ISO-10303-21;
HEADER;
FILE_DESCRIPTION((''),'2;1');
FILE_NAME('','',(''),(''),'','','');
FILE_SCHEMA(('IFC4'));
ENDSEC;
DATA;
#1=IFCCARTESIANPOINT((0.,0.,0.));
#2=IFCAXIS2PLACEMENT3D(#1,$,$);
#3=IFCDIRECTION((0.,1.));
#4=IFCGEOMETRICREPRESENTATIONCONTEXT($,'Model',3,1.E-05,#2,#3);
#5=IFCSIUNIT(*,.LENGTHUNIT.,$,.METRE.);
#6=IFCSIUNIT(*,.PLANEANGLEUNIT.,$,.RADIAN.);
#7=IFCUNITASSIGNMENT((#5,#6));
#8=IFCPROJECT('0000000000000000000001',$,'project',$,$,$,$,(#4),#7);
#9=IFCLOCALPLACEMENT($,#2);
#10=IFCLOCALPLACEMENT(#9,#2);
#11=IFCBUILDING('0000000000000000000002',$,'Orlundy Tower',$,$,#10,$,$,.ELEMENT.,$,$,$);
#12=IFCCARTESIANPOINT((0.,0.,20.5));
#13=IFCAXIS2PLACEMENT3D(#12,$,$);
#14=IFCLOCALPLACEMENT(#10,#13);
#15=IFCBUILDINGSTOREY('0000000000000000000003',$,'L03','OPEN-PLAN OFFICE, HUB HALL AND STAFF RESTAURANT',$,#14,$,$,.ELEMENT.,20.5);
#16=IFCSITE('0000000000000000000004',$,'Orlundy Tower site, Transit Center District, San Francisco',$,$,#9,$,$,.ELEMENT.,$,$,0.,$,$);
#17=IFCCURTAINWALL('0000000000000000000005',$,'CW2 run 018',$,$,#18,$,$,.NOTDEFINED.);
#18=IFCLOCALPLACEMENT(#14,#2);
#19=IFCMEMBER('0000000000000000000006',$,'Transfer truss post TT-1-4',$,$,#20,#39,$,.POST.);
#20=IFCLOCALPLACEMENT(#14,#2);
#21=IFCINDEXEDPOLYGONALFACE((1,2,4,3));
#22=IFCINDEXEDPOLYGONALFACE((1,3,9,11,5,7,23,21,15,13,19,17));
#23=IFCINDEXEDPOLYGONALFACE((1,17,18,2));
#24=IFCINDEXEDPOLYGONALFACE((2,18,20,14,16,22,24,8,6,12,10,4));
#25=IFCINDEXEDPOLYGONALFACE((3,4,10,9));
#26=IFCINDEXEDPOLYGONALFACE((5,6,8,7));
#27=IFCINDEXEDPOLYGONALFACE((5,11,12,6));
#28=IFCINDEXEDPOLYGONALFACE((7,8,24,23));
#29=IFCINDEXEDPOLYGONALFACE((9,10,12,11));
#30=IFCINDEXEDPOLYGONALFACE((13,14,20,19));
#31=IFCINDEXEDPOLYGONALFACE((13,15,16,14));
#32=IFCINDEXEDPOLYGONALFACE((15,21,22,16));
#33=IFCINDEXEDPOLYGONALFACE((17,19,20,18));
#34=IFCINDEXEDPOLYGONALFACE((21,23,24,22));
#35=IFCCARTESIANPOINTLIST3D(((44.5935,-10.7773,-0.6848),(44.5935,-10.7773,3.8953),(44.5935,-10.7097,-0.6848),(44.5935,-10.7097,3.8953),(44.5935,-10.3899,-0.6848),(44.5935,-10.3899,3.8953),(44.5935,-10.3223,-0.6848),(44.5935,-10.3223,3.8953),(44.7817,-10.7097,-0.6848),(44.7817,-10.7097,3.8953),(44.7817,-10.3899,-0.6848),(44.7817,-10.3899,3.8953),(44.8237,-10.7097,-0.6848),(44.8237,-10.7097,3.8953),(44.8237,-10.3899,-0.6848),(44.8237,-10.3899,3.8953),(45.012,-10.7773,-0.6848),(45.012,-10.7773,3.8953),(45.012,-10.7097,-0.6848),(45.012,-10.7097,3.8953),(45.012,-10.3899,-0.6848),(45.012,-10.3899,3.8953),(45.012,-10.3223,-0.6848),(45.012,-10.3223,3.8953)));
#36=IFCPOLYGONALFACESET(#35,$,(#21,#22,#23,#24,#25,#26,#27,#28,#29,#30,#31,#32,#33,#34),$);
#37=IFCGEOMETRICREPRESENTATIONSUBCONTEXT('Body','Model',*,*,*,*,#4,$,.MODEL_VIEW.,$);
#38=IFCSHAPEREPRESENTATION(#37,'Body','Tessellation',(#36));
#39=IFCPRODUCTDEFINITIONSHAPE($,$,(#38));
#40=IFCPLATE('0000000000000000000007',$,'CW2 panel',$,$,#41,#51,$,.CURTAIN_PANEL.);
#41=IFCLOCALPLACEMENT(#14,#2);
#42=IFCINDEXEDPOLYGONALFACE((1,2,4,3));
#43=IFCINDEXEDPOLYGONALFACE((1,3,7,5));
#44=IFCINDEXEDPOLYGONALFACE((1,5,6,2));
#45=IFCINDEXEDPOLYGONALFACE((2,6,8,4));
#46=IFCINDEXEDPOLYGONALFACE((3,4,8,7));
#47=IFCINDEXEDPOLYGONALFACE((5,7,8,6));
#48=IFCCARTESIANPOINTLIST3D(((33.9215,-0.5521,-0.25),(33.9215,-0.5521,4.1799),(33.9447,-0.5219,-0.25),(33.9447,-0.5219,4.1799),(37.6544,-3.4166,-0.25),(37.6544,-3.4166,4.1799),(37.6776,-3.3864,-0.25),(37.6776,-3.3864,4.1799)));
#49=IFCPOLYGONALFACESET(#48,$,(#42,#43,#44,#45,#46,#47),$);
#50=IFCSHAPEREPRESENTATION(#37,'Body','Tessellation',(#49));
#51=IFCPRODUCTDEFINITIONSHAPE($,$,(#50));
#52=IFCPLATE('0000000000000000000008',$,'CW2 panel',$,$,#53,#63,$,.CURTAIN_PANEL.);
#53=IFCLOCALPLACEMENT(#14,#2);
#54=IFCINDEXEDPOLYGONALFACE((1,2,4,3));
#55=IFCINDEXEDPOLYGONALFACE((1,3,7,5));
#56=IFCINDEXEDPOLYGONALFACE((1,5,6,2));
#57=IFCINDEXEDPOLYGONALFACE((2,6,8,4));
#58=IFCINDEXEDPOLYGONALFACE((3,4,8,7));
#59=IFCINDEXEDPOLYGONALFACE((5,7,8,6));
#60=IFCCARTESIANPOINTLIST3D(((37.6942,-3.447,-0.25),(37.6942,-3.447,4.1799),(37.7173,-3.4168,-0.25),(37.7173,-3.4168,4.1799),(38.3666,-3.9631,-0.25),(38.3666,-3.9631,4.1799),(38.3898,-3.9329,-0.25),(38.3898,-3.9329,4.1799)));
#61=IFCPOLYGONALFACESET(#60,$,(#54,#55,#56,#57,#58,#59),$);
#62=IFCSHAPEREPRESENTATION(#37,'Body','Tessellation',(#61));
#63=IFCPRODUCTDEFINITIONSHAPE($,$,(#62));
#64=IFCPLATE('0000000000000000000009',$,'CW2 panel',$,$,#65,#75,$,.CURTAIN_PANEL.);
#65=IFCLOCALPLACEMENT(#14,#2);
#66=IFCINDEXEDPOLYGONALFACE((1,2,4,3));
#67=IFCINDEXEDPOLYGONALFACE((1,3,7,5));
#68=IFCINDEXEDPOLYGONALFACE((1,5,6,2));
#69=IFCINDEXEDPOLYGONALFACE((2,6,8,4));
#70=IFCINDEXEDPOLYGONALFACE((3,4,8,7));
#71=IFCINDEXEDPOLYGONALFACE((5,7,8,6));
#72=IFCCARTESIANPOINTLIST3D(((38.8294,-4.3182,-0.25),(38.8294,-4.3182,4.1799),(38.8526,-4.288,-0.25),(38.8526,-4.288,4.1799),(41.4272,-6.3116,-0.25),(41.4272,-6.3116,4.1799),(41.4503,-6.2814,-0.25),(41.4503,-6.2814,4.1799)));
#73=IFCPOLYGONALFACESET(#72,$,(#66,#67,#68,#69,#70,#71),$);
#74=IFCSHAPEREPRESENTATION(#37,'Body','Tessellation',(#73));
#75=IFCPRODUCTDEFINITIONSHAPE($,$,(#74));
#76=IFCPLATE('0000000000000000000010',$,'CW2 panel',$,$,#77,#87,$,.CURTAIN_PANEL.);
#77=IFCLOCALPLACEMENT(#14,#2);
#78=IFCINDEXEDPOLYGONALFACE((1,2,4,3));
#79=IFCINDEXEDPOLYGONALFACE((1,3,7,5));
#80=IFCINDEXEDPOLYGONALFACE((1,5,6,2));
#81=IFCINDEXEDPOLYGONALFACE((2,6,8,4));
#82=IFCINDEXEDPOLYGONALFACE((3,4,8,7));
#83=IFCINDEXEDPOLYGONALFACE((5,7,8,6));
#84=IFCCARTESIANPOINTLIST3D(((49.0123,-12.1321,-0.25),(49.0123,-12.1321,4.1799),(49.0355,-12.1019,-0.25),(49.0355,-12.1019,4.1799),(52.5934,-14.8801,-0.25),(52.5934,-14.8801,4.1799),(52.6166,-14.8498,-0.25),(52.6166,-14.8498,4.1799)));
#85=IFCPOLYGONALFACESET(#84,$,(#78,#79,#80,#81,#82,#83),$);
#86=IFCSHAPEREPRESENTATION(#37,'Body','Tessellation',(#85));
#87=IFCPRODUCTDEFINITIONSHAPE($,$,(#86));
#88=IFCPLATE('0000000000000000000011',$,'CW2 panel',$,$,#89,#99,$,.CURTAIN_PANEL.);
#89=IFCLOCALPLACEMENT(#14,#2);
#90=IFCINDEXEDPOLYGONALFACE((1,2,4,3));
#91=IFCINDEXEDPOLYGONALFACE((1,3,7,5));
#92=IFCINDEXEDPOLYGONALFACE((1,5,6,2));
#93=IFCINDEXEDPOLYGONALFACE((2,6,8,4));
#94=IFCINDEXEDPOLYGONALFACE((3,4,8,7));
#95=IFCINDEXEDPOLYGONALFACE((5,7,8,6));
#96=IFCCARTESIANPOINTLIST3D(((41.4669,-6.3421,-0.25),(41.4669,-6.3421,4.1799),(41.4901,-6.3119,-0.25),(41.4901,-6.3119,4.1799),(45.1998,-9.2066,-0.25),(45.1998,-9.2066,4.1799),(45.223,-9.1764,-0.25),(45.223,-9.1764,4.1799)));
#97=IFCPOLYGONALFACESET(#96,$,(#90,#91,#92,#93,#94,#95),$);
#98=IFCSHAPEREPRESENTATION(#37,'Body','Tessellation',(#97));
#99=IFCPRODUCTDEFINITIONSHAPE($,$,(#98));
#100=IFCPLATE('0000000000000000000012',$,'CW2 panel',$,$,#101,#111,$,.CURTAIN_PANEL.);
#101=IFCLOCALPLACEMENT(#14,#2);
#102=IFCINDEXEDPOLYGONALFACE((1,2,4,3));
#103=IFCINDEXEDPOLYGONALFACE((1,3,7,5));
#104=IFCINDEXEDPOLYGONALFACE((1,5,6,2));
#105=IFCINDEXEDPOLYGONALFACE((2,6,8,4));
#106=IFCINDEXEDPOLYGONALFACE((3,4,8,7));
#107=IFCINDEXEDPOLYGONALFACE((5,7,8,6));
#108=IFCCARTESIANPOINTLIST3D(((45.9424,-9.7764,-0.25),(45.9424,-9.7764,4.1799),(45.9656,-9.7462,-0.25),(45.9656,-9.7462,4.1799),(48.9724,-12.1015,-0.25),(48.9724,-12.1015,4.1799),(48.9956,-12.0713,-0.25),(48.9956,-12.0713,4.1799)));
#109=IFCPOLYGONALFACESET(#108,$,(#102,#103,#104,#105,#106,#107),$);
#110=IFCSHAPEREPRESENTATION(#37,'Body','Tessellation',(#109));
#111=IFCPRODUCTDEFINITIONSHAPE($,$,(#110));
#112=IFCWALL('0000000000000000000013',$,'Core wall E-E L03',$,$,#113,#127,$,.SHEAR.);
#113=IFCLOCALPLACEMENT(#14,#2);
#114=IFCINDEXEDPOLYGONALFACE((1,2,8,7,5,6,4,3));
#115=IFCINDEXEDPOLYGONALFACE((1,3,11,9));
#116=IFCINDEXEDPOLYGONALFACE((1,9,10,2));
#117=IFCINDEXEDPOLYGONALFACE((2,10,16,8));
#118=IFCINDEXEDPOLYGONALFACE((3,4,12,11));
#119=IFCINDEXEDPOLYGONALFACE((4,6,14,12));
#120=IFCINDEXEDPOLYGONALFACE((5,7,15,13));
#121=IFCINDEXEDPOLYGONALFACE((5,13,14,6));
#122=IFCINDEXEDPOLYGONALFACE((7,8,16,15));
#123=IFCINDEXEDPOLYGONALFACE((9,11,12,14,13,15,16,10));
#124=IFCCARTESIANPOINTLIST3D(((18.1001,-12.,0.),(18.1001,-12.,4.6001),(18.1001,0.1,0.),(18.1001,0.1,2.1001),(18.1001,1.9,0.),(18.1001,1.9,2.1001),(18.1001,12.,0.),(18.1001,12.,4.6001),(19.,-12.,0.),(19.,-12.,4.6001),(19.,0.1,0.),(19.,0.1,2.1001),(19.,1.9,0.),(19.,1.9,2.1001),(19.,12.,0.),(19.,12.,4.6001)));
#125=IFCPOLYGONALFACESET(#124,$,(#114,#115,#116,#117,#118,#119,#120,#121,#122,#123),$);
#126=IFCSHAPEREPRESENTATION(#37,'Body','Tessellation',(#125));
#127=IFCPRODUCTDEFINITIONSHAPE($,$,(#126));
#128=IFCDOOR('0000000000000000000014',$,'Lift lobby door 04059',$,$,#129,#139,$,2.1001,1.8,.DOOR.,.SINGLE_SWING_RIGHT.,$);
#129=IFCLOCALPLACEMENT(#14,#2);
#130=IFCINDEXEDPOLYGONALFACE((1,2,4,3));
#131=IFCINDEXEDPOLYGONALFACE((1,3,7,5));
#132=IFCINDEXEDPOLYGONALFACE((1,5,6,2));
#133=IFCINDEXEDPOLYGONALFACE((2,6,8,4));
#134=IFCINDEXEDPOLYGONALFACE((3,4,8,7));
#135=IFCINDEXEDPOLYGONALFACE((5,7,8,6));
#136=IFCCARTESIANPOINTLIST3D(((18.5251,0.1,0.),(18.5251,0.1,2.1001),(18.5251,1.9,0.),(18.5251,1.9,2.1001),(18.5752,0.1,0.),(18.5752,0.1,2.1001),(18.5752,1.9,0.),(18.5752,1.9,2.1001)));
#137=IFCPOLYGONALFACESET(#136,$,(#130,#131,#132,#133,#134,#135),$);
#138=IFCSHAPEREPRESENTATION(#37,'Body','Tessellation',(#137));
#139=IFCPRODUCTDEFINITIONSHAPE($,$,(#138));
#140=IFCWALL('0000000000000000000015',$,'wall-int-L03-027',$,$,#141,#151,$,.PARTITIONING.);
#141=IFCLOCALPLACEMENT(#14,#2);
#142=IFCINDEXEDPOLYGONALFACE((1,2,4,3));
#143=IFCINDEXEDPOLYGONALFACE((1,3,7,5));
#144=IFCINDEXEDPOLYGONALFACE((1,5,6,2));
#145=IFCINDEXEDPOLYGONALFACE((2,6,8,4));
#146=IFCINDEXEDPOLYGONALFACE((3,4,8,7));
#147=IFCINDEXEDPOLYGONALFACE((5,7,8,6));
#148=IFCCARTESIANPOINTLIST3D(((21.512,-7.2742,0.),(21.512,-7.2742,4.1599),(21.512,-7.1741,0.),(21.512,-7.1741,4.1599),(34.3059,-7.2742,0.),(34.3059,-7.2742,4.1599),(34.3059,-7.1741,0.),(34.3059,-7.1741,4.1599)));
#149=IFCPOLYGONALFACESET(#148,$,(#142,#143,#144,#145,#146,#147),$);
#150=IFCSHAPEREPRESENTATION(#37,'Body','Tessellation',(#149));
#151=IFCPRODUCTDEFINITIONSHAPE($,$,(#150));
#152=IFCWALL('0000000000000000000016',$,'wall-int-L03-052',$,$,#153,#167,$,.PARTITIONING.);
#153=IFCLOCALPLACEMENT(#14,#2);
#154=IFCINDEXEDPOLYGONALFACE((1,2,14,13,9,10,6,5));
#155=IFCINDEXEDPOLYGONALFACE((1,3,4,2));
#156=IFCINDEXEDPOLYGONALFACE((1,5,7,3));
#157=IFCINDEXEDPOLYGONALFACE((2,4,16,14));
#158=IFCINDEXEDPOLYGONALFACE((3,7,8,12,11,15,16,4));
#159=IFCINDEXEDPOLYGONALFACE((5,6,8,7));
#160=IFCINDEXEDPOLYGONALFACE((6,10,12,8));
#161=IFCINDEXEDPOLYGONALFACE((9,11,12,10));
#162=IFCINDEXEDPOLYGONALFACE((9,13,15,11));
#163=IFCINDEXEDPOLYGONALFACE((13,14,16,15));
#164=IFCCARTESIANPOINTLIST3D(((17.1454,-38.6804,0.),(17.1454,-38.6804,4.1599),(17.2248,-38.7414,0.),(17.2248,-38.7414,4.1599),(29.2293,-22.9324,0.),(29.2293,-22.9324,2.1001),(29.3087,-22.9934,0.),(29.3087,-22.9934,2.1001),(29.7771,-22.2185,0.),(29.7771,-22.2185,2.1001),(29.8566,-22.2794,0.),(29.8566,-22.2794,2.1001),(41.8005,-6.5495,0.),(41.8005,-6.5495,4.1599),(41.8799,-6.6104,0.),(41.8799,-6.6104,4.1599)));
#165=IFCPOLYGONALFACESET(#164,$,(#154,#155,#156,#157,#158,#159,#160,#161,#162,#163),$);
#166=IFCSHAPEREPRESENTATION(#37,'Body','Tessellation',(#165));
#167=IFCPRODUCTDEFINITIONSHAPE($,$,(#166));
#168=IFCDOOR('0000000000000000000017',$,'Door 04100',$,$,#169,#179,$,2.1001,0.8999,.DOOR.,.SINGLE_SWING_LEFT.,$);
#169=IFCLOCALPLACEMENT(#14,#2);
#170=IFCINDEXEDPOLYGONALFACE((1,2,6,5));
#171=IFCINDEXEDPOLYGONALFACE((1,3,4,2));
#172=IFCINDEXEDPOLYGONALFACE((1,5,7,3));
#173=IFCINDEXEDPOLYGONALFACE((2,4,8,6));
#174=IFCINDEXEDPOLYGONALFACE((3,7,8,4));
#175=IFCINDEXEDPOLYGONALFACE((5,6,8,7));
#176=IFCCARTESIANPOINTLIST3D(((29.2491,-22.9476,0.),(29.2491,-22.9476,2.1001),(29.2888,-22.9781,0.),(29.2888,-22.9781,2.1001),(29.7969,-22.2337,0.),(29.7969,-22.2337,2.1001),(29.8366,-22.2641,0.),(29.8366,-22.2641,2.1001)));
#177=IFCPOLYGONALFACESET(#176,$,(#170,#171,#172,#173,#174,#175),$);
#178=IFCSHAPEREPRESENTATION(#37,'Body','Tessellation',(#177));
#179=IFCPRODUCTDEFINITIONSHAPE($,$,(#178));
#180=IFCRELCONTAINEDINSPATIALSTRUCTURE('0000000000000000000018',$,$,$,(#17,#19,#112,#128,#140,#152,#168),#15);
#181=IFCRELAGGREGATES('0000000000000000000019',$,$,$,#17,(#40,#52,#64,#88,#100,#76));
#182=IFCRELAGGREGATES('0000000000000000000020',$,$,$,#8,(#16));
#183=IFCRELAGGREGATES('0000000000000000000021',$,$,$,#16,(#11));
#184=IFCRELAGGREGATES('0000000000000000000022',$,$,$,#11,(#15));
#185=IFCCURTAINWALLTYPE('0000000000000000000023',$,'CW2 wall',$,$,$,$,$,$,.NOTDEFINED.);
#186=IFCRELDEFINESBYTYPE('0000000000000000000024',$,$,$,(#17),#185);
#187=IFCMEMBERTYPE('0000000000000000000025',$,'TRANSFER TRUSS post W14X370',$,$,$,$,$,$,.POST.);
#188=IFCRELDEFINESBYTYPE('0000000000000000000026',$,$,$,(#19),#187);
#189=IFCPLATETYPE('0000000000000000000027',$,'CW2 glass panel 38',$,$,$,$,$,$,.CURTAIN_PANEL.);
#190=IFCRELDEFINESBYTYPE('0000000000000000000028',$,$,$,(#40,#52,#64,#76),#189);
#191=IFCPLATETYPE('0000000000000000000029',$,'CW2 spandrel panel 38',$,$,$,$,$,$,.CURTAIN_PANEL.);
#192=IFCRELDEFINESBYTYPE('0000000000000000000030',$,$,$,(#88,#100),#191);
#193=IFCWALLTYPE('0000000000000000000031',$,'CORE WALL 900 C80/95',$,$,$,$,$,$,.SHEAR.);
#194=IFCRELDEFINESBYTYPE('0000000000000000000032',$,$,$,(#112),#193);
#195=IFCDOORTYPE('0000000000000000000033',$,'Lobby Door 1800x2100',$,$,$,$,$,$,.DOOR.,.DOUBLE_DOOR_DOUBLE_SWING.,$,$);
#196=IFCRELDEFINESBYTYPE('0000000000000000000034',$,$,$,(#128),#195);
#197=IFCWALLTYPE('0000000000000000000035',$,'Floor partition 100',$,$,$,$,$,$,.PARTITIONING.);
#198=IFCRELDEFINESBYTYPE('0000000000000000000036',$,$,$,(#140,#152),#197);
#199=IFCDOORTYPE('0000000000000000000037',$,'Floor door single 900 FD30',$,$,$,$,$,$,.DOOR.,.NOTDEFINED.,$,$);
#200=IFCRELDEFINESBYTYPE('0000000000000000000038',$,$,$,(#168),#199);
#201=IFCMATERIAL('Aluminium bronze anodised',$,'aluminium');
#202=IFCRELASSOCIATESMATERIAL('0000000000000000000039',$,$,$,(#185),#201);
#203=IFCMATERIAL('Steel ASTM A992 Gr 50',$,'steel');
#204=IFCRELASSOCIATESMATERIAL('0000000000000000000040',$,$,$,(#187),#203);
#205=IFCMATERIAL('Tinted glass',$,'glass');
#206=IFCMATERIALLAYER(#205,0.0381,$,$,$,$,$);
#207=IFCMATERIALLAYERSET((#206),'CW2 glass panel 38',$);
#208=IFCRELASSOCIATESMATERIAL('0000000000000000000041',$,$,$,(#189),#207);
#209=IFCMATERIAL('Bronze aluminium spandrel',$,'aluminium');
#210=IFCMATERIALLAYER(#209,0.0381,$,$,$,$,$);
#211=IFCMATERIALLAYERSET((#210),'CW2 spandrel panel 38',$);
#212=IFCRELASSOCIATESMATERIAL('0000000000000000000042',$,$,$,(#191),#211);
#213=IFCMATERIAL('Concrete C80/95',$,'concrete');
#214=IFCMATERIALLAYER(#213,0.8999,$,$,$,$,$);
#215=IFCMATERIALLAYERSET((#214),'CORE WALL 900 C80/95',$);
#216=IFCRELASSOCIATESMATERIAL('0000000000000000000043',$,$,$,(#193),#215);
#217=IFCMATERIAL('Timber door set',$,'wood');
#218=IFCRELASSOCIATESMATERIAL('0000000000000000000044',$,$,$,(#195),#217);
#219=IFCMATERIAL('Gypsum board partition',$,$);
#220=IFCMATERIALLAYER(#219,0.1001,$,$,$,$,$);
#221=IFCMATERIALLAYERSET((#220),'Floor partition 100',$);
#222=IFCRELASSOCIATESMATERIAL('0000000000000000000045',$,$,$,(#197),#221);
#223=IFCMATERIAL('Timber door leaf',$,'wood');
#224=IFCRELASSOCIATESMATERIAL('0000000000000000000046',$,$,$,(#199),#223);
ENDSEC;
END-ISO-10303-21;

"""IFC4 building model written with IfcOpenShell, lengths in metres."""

from ifc_helpers import new_model, si_unit, direction, frame, frame_2d, origin, origin_2d, place, context, subcontext, project, spatial, rectangle, i_section, extrude, material, layer, layer_set, material_profile, profile_set, type_object, element, fill, aggregate, save


model = new_model("IFC4")

# Units and contexts
model_context = context("Model", 3, precision=1e-05, world=origin(), true_north=direction((0.0, 1.0)))
body_context = subcontext(model_context, "Body", "Model", "MODEL_VIEW")
ifc_project = project(units=[si_unit("LENGTHUNIT", "METRE"), si_unit("PLANEANGLEUNIT", "RADIAN")], contexts=[model_context])

# Site, building, storey
site_placement = place(None, origin())
site = spatial("IfcSite", under=ifc_project, at=site_placement, Name="Orlundy Tower site, Transit Center District, San Francisco", CompositionType="ELEMENT", RefElevation=0.0)
building_placement = place(site_placement, origin())
building = spatial("IfcBuilding", under=site, at=building_placement, Name="Orlundy Tower", CompositionType="ELEMENT")
storey_placement = place(building_placement, frame((0.0, 0.0, 20.5)))
storey = spatial("IfcBuildingStorey", under=building, at=storey_placement, Name="L03", Description="OPEN-PLAN OFFICE, HUB HALL AND STAFF RESTAURANT", CompositionType="ELEMENT", Elevation=20.5)

# Curtain wall
ifc_material_1 = material(Name="Aluminium bronze anodised", Category="aluminium")
curtain_wall_type = type_object("IfcCurtainWallType", Name="CW2 wall", PredefinedType="NOTDEFINED", material=ifc_material_1)
curtain_wall_1_placement = place(storey_placement, origin())
curtain_wall_1 = element("IfcCurtainWall", 1, at=curtain_wall_1_placement, inside=storey, type_object=curtain_wall_type, Name="CW2 run 018", PredefinedType="NOTDEFINED")

# Member
ifc_material_2 = material(Name="Steel ASTM A992 Gr 50", Category="steel")
ifc_material_profile_1 = material_profile(ifc_material_2, i_section(OverallWidth=0.4185, OverallDepth=0.4551, WebThickness=0.042, FlangeThickness=0.0676, at=origin_2d()), Name="W14X370")
ifc_profile_set_1 = profile_set([ifc_material_profile_1], Name="Steel ASTM A992 Gr 50")
member_type_1 = type_object("IfcMemberType", Name="TRANSFER TRUSS post W14X370", PredefinedType="POST", material=ifc_profile_set_1)
member_1_placement = place(storey_placement, frame((44.8027, -10.5498, -0.6848), z_axis=(0.0, 0.0, 1.0), x_axis=(1.0, 0.0, 0.0)))
element("IfcMember", 2, at=member_1_placement, inside=storey, type_object=member_type_1, Name="Transfer truss post TT-1-4", PredefinedType="POST", context=body_context, shape_type="SweptSolid", body=[
    extrude(i_section(OverallWidth=0.4185, OverallDepth=0.4551, WebThickness=0.042, FlangeThickness=0.0676, at=origin_2d()), origin(), (0.0, 0.0, 1.0), 4.5801),
])

# Plates
ifc_material_3 = material(Name="Tinted glass", Category="glass")
ifc_layer_1 = layer(ifc_material_3, 0.0381)
ifc_layer_set_1 = layer_set([ifc_layer_1], Name="CW2 glass panel 38")
plate_type_1 = type_object("IfcPlateType", Name="CW2 glass panel 38", PredefinedType="CURTAIN_PANEL", material=ifc_layer_set_1)
plate_1_placement = place(storey_placement, frame((35.7996, -1.9692, -0.25), z_axis=(0.0, 0.0, 1.0), x_axis=(0.79334, -0.608779, 0.0)))
plate_1 = element("IfcPlate", 3, at=plate_1_placement, type_object=plate_type_1, Name="CW2 panel", PredefinedType="CURTAIN_PANEL", context=body_context, shape_type="SweptSolid", body=[
    extrude(rectangle(XDim=4.7053, YDim=0.0381, at=origin_2d()), origin(), (0.0, 0.0, 1.0), 4.4299),
])
plate_2_placement = place(storey_placement, frame((38.042, -3.6899, -0.25), z_axis=(0.0, 0.0, 1.0), x_axis=(0.79334, -0.608779, 0.0)))
plate_2 = element("IfcPlate", 4, at=plate_2_placement, type_object=plate_type_1, Name="CW2 panel", PredefinedType="CURTAIN_PANEL", context=body_context, shape_type="SweptSolid", body=[
    extrude(rectangle(XDim=0.8477, YDim=0.0381, at=origin_2d()), origin(), (0.0, 0.0, 1.0), 4.4299),
])
plate_3_placement = place(storey_placement, frame((40.1399, -5.2998, -0.25), z_axis=(0.0, 0.0, 1.0), x_axis=(0.79334, -0.608779, 0.0)))
plate_3 = element("IfcPlate", 5, at=plate_3_placement, type_object=plate_type_1, Name="CW2 panel", PredefinedType="CURTAIN_PANEL", context=body_context, shape_type="SweptSolid", body=[
    extrude(rectangle(XDim=3.2744, YDim=0.0381, at=origin_2d()), origin(), (0.0, 0.0, 1.0), 4.4299),
])
plate_4_placement = place(storey_placement, frame((50.8145, -13.491, -0.25), z_axis=(0.0, 0.0, 1.0), x_axis=(0.79334, -0.608779, 0.0)))
plate_4 = element("IfcPlate", 6, at=plate_4_placement, type_object=plate_type_1, Name="CW2 panel", PredefinedType="CURTAIN_PANEL", context=body_context, shape_type="SweptSolid", body=[
    extrude(rectangle(XDim=4.5139, YDim=0.0381, at=origin_2d()), origin(), (0.0, 0.0, 1.0), 4.4299),
])
ifc_material_4 = material(Name="Bronze aluminium spandrel", Category="aluminium")
ifc_layer_2 = layer(ifc_material_4, 0.0381)
ifc_layer_set_2 = layer_set([ifc_layer_2], Name="CW2 spandrel panel 38")
plate_type_2 = type_object("IfcPlateType", Name="CW2 spandrel panel 38", PredefinedType="CURTAIN_PANEL", material=ifc_layer_set_2)
plate_5_placement = place(storey_placement, frame((43.345, -7.7593, -0.25), z_axis=(0.0, 0.0, 1.0), x_axis=(0.79334, -0.608779, 0.0)))
plate_5 = element("IfcPlate", 7, at=plate_5_placement, type_object=plate_type_2, Name="CW2 panel", PredefinedType="CURTAIN_PANEL", context=body_context, shape_type="SweptSolid", body=[
    extrude(rectangle(XDim=4.7053, YDim=0.0381, at=origin_2d()), origin(), (0.0, 0.0, 1.0), 4.4299),
])
plate_6_placement = place(storey_placement, frame((47.469, -10.9238, -0.25), z_axis=(0.0, 0.0, 1.0), x_axis=(0.79334, -0.608779, 0.0)))
plate_6 = element("IfcPlate", 8, at=plate_6_placement, type_object=plate_type_2, Name="CW2 panel", PredefinedType="CURTAIN_PANEL", context=body_context, shape_type="SweptSolid", body=[
    extrude(rectangle(XDim=3.8193, YDim=0.0381, at=origin_2d()), origin(), (0.0, 0.0, 1.0), 4.4299),
])
aggregate(curtain_wall_1, [plate_1, plate_2, plate_3, plate_5, plate_6, plate_4])

# Wall, opening, door
ifc_material_5 = material(Name="Concrete C80/95", Category="concrete")
ifc_layer_3 = layer(ifc_material_5, 0.8999)
ifc_layer_set_3 = layer_set([ifc_layer_3], Name="CORE WALL 900 C80/95")
wall_type_1 = type_object("IfcWallType", Name="CORE WALL 900 C80/95", PredefinedType="SHEAR", material=ifc_layer_set_3)
wall_1_placement = place(storey_placement, frame((18.55, -12.0, 0.0), z_axis=(0.0, 0.0, 1.0), x_axis=(0.0, 1.0, 0.0)))
wall_1 = element("IfcWall", 9, at=wall_1_placement, inside=storey, type_object=wall_type_1, Name="Core wall E-E L03", PredefinedType="SHEAR", context=body_context, shape_type="SweptSolid", body=[
    extrude(rectangle(XDim=24.0, YDim=0.8999, at=frame_2d((12.0, 0.0))), origin(), (0.0, 0.0, 1.0), 4.6001),
])
opening_1_placement = place(wall_1_placement, frame((12.1001, 0.0, 0.0)))
opening_1 = element("IfcOpeningElement", 10, at=opening_1_placement, cuts=wall_1, PredefinedType="OPENING", context=body_context, shape_type="SweptSolid", body=[
    extrude(rectangle(XDim=1.8, YDim=2.1001, at=frame_2d((0.8999, 1.05))), frame((0.0, 0.46, 0.0), z_axis=(0.0, -1.0, 0.0), x_axis=(1.0, 0.0, 0.0)), (0.0, 0.0, 1.0), 0.9199),
])
ifc_material_6 = material(Name="Timber door set", Category="wood")
door_type_1 = type_object("IfcDoorType", Name="Lobby Door 1800x2100", OperationType="DOUBLE_DOOR_DOUBLE_SWING", PredefinedType="DOOR", material=ifc_material_6)
door_1_placement = place(opening_1_placement, origin())
door_1 = element("IfcDoor", 11, at=door_1_placement, inside=storey, type_object=door_type_1, Name="Lift lobby door 04059", OperationType="SINGLE_SWING_RIGHT", OverallHeight=2.1001, OverallWidth=1.8, PredefinedType="DOOR", context=body_context, shape_type="SweptSolid", body=[
    extrude(rectangle(XDim=1.8, YDim=2.1001, at=frame_2d((0.8999, 1.05))), frame((0.0, 0.0249, 0.0), z_axis=(0.0, -1.0, 0.0), x_axis=(1.0, 0.0, 0.0)), (0.0, 0.0, 1.0), 0.05),
])
fill(opening_1, door_1)

# Wall
ifc_material_7 = material(Name="Gypsum board partition")
ifc_layer_4 = layer(ifc_material_7, 0.1001)
ifc_layer_set_4 = layer_set([ifc_layer_4], Name="Floor partition 100")
wall_type_2 = type_object("IfcWallType", Name="Floor partition 100", PredefinedType="PARTITIONING", material=ifc_layer_set_4)
wall_2_placement = place(storey_placement, frame((21.512, -7.2241, 0.0), z_axis=(0.0, 0.0, 1.0), x_axis=(1.0, 0.0, 0.0)))
element("IfcWall", 12, at=wall_2_placement, inside=storey, type_object=wall_type_2, Name="wall-int-L03-027", PredefinedType="PARTITIONING", context=body_context, shape_type="SweptSolid", body=[
    extrude(rectangle(XDim=12.7939, YDim=0.1001, at=frame_2d((6.397, 0.0))), origin(), (0.0, 0.0, 1.0), 4.1599),
])

# Wall, opening, door
wall_3_placement = place(storey_placement, frame((41.8401, -6.5801, 0.0), z_axis=(0.0, 0.0, 1.0), x_axis=(-0.608764, -0.793352, 0.0)))
wall_3 = element("IfcWall", 13, at=wall_3_placement, inside=storey, type_object=wall_type_2, Name="wall-int-L03-052", PredefinedType="PARTITIONING", context=body_context, shape_type="SweptSolid", body=[
    extrude(rectangle(XDim=40.5002, YDim=0.1001, at=frame_2d((20.25, 0.0))), origin(), (0.0, 0.0, 1.0), 4.1599),
])
opening_2_placement = place(wall_3_placement, frame((19.7502, 0.0, 0.0)))
opening_2 = element("IfcOpeningElement", 14, at=opening_2_placement, cuts=wall_3, PredefinedType="OPENING", context=body_context, shape_type="SweptSolid", body=[
    extrude(rectangle(XDim=0.8999, YDim=2.1001, at=frame_2d((0.45, 1.05))), frame((0.0, 0.0601, 0.0), z_axis=(0.0, -1.0, 0.0), x_axis=(1.0, 0.0, 0.0)), (0.0, 0.0, 1.0), 0.1201),
])
ifc_material_8 = material(Name="Timber door leaf", Category="wood")
door_type_2 = type_object("IfcDoorType", Name="Floor door single 900 FD30", OperationType="NOTDEFINED", PredefinedType="DOOR", material=ifc_material_8)
door_2_placement = place(opening_2_placement, origin())
door_2 = element("IfcDoor", 15, at=door_2_placement, inside=storey, type_object=door_type_2, Name="Door 04100", OperationType="SINGLE_SWING_LEFT", OverallHeight=2.1001, OverallWidth=0.8999, PredefinedType="DOOR", context=body_context, shape_type="SweptSolid", body=[
    extrude(rectangle(XDim=0.8999, YDim=2.1001, at=frame_2d((0.45, 1.05))), frame((0.0, 0.0249, 0.0), z_axis=(0.0, -1.0, 0.0), x_axis=(1.0, 0.0, 0.0)), (0.0, 0.0, 1.0), 0.05),
])
fill(opening_2, door_2)

save(model, "model.ifc")
